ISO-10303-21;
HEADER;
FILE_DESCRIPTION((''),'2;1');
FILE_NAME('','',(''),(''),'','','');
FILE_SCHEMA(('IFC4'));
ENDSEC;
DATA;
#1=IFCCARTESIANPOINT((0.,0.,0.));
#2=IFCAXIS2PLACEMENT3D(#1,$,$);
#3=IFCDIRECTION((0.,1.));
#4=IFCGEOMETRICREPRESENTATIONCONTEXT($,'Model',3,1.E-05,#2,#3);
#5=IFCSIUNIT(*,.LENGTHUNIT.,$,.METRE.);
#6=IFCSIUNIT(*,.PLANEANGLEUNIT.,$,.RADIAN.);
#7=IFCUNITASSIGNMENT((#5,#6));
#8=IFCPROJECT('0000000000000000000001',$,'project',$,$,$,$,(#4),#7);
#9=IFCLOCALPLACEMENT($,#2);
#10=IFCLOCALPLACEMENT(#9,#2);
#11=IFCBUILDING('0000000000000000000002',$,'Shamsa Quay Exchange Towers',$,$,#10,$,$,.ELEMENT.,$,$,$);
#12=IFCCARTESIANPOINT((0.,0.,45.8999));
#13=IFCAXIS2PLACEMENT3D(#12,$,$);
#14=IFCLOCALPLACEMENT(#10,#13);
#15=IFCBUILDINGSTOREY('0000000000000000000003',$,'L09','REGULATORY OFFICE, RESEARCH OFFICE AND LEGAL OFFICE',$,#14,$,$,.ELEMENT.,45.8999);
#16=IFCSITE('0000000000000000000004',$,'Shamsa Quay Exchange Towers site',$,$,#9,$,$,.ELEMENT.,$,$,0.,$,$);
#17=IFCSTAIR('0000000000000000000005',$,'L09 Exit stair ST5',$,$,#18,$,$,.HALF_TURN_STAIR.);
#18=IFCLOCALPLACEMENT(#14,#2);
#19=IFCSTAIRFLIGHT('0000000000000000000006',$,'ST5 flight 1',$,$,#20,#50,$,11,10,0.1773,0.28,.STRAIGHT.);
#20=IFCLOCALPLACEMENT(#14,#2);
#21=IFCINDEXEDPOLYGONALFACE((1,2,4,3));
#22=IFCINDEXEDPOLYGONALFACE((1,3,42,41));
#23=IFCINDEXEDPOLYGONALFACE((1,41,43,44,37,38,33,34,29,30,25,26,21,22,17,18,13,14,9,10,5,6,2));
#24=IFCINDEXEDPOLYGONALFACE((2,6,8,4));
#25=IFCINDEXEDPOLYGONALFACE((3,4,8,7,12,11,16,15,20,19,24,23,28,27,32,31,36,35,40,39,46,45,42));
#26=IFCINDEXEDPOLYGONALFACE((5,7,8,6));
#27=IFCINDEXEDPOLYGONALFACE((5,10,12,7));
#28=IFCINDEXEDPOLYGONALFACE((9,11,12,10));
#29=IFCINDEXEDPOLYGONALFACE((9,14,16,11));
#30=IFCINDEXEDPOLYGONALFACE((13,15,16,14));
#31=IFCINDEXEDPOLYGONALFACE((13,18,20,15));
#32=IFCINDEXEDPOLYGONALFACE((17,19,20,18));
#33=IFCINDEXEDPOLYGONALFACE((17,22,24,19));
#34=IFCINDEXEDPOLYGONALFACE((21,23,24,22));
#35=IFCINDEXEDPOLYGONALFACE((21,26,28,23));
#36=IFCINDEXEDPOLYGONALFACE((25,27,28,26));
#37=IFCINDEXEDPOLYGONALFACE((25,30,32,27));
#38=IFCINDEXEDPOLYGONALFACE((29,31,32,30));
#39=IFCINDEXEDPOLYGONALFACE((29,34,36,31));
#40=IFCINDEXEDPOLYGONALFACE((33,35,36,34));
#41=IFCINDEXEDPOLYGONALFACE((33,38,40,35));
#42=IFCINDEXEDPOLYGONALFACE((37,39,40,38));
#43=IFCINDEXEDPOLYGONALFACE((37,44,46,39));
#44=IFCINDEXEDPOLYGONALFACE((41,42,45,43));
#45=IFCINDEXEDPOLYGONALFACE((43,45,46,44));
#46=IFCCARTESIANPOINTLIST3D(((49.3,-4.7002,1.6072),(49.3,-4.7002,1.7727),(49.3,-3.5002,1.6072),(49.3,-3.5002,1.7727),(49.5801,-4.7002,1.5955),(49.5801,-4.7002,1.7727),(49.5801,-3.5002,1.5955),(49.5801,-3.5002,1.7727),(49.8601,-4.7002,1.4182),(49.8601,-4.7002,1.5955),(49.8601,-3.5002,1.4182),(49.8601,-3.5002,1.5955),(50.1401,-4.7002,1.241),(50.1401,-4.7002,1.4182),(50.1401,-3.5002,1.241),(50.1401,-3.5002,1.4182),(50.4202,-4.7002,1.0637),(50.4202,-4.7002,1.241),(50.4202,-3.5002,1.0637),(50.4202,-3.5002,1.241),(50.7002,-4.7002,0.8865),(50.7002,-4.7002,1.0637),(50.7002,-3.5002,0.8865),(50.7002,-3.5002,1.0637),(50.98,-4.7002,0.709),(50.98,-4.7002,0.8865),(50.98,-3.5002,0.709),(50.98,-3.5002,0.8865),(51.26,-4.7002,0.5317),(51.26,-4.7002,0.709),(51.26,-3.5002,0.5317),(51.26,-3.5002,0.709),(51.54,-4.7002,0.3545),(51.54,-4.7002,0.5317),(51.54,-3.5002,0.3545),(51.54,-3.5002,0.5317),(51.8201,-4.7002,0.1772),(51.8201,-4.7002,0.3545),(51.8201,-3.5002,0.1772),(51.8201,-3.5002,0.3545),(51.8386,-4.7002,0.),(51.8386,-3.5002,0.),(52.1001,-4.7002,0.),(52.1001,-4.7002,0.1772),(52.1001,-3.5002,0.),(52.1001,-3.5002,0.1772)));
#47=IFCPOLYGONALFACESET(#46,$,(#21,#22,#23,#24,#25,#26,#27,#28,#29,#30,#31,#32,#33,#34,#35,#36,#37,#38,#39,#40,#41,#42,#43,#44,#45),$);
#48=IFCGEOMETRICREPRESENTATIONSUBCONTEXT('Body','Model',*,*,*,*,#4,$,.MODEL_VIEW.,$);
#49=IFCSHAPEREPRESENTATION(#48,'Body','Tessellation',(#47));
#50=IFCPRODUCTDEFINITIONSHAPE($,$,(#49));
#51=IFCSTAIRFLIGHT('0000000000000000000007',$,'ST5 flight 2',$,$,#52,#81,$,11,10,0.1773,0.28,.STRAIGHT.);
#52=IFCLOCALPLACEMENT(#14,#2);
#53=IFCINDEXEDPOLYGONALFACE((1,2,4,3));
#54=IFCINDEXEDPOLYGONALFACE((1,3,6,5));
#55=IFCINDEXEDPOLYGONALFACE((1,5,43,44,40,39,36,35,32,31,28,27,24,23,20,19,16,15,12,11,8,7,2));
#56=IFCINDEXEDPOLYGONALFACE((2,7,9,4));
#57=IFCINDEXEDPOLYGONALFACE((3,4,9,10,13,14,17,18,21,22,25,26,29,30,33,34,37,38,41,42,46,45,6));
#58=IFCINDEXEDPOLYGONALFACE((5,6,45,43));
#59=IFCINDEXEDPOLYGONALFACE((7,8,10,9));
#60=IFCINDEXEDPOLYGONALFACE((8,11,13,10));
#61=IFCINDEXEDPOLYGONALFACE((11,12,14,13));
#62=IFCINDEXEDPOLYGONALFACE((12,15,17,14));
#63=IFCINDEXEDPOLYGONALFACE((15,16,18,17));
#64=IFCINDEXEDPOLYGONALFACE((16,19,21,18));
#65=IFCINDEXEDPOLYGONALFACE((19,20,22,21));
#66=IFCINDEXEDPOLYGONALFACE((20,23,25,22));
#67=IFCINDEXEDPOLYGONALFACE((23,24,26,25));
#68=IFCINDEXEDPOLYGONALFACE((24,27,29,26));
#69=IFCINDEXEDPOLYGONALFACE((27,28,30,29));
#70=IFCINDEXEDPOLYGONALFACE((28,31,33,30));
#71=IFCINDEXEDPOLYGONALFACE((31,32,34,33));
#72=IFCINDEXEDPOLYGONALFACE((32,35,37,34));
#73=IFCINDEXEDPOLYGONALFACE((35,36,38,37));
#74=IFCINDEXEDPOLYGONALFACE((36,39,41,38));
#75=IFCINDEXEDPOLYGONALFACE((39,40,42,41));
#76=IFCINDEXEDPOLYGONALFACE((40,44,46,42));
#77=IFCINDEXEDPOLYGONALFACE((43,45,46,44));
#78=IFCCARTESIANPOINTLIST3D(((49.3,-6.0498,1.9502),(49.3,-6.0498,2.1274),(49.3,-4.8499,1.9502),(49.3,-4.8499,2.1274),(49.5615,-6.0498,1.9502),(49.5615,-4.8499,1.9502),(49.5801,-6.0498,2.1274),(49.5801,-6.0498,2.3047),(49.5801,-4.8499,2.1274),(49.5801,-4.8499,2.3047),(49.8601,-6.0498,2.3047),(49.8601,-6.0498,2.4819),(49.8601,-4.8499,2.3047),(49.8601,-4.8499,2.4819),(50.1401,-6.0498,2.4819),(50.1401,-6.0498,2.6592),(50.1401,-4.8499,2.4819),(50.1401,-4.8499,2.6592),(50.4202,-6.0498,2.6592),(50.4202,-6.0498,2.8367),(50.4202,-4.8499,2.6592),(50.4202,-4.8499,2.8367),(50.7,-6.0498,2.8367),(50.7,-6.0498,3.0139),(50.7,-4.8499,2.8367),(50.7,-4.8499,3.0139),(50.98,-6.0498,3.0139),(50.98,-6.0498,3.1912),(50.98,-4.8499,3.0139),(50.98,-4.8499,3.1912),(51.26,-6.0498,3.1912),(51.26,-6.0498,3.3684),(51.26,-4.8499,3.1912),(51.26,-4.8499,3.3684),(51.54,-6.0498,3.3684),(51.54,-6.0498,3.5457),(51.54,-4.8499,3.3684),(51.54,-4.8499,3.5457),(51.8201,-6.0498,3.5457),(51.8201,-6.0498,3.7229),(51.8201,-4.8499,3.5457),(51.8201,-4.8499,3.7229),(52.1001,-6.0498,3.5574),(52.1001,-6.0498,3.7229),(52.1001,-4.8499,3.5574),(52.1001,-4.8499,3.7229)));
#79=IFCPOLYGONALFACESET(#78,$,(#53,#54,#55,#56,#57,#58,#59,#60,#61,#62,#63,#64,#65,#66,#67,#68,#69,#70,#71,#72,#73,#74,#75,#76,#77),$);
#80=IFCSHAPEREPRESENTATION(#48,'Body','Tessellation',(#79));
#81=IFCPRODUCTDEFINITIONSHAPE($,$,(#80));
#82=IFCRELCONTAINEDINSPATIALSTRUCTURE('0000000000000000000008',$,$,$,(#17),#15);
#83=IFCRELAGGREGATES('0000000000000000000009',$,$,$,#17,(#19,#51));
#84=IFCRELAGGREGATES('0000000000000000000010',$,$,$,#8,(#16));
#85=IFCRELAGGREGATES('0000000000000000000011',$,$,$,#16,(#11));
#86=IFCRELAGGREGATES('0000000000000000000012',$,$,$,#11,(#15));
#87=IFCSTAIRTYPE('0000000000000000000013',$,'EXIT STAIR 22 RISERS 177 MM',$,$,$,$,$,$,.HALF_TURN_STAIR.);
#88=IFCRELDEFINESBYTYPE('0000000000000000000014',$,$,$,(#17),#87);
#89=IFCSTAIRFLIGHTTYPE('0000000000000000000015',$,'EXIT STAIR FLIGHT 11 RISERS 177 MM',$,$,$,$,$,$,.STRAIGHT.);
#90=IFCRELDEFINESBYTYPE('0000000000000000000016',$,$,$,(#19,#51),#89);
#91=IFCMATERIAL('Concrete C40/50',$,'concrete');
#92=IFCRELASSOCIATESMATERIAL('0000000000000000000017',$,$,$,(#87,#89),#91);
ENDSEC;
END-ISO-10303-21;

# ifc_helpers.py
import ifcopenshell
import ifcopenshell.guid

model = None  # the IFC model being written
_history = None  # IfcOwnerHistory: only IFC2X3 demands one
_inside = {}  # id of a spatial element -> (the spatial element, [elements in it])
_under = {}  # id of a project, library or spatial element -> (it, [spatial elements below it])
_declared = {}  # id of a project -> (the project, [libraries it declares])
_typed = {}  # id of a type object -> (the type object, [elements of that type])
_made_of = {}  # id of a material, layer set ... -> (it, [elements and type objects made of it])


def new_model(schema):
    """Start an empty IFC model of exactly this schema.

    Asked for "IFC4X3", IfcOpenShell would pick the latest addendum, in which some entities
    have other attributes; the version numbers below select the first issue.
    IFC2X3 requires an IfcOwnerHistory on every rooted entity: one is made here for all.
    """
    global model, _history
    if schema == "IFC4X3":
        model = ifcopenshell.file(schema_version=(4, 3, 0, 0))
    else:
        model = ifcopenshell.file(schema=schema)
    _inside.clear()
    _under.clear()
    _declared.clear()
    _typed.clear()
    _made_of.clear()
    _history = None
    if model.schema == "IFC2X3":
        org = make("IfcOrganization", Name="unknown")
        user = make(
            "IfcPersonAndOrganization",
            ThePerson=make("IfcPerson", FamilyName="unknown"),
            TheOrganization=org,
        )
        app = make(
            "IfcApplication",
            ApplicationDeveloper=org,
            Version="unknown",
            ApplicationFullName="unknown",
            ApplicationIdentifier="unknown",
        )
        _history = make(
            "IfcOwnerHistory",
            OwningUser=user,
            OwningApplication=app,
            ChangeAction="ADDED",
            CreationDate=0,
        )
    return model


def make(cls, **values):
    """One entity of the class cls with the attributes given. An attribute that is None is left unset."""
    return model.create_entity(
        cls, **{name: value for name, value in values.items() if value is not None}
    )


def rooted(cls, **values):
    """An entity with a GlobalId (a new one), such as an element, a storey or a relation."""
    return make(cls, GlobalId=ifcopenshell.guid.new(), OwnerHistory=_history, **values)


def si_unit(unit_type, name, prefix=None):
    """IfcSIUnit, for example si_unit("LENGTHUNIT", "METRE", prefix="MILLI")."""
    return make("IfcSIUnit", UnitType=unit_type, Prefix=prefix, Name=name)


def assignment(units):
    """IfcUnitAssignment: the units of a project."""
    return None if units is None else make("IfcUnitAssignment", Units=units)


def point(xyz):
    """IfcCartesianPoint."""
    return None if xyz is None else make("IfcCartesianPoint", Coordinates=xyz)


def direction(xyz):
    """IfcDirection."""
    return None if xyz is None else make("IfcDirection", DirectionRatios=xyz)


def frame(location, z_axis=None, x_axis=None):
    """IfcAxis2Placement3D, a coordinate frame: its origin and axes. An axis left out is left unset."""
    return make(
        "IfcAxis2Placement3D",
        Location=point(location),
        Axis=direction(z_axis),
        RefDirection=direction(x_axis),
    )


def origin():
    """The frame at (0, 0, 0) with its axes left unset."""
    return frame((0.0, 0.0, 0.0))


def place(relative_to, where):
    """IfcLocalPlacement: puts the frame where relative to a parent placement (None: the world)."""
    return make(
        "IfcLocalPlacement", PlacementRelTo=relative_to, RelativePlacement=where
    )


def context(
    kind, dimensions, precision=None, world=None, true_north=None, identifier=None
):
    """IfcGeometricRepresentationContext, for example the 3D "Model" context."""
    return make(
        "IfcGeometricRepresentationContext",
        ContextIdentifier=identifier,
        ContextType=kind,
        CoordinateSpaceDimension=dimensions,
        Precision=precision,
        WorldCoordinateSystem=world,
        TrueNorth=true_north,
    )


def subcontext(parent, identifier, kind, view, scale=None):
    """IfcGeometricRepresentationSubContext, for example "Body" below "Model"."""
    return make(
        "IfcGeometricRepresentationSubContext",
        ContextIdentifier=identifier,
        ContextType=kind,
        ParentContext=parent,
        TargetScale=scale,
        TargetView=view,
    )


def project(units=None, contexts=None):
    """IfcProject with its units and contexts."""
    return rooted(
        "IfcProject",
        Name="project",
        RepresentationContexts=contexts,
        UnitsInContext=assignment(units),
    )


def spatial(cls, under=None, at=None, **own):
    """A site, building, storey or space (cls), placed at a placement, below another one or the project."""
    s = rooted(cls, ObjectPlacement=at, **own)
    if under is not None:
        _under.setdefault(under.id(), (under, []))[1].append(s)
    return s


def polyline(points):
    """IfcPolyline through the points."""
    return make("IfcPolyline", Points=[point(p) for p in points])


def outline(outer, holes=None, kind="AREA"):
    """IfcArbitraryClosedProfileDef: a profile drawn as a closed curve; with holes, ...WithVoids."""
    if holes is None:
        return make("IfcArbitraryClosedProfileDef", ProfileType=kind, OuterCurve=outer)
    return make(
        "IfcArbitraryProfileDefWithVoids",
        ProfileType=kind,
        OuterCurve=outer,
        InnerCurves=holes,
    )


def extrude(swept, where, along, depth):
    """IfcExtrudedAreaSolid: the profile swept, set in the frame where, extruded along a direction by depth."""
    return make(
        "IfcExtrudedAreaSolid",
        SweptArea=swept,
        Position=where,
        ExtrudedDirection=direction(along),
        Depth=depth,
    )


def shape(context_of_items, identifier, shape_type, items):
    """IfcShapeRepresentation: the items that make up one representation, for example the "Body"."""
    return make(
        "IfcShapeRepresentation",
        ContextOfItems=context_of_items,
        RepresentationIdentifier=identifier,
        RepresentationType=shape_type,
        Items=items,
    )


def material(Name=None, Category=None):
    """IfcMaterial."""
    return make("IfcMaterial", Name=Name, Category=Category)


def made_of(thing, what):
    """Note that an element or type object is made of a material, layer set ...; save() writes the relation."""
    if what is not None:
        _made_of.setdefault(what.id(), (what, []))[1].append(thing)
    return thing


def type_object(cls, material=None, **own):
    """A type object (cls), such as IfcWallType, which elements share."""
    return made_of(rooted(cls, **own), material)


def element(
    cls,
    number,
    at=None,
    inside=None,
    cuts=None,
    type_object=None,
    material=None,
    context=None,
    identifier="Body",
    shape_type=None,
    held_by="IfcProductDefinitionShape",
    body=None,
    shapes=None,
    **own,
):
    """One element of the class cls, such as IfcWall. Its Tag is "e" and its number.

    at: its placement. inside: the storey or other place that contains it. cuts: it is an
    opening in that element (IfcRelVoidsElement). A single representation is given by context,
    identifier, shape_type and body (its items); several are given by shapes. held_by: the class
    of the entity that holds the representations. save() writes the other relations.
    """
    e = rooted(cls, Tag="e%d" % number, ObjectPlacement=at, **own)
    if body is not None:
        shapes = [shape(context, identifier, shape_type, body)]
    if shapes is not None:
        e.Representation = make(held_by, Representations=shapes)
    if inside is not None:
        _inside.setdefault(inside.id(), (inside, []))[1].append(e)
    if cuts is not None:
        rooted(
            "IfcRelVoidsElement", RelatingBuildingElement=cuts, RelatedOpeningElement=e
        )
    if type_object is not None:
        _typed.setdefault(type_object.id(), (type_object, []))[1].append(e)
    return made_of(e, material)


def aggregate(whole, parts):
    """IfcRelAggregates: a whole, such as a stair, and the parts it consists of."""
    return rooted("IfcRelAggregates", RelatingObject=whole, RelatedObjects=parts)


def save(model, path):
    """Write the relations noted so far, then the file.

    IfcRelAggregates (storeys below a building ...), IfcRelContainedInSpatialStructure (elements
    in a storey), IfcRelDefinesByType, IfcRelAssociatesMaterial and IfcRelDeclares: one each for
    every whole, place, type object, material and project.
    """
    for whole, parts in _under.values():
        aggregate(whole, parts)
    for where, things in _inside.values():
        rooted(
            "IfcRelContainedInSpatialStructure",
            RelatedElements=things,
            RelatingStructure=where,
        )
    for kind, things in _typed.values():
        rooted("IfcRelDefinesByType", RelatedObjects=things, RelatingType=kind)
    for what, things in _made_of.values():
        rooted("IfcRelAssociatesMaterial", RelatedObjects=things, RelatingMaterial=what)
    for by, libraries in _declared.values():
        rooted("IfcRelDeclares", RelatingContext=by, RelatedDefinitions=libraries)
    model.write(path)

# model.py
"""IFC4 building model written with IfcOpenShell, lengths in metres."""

from ifc_helpers import new_model, si_unit, direction, frame, origin, place, context, subcontext, project, spatial, polyline, outline, extrude, material, type_object, element, aggregate, save


model = new_model("IFC4")

# Units and contexts
model_context = context("Model", 3, precision=1e-05, world=origin(), true_north=direction((0.0, 1.0)))
body_context = subcontext(model_context, "Body", "Model", "MODEL_VIEW")
ifc_project = project(units=[si_unit("LENGTHUNIT", "METRE"), si_unit("PLANEANGLEUNIT", "RADIAN")], contexts=[model_context])

# Site, building, storey
site_placement = place(None, origin())
site = spatial("IfcSite", under=ifc_project, at=site_placement, Name="Shamsa Quay Exchange Towers site", CompositionType="ELEMENT", RefElevation=0.0)
building_placement = place(site_placement, origin())
building = spatial("IfcBuilding", under=site, at=building_placement, Name="Shamsa Quay Exchange Towers", CompositionType="ELEMENT")
storey_placement = place(building_placement, frame((0.0, 0.0, 45.8999)))
storey = spatial("IfcBuildingStorey", under=building, at=storey_placement, Name="L09", Description="REGULATORY OFFICE, RESEARCH OFFICE AND LEGAL OFFICE", CompositionType="ELEMENT", Elevation=45.8999)

# Stair, stair flights
ifc_material_1 = material(Name="Concrete C40/50", Category="concrete")
stair_type = type_object("IfcStairType", Name="EXIT STAIR 22 RISERS 177 MM", PredefinedType="HALF_TURN_STAIR", material=ifc_material_1)
stair_placement = place(storey_placement, origin())
stair = element("IfcStair", 1, at=stair_placement, inside=storey, type_object=stair_type, Name="L09 Exit stair ST5", PredefinedType="HALF_TURN_STAIR")
stair_flight_type = type_object("IfcStairFlightType", Name="EXIT STAIR FLIGHT 11 RISERS 177 MM", PredefinedType="STRAIGHT", material=ifc_material_1)
stair_flight_1_placement = place(storey_placement, frame((52.1001, -4.1001, 0.0), z_axis=(0.0, 0.0, 1.0), x_axis=(-1.0, 0.0, 0.0)))
stair_flight_1 = element("IfcStairFlight", 2, at=stair_flight_1_placement, type_object=stair_flight_type, Name="ST5 flight 1", NumberOfRisers=11, NumberOfTreads=10, PredefinedType="STRAIGHT", RiserHeight=0.1773, TreadLength=0.28, context=body_context, shape_type="SweptSolid", body=[
    extrude(outline(polyline([(0.0, 0.0), (0.0, 0.1772), (0.28, 0.1772), (0.28, 0.3545), (0.5601, 0.3545), (0.5601, 0.5317), (0.8401, 0.5317), (0.8401, 0.709), (1.1201, 0.709), (1.1201, 0.8865), (1.3999, 0.8865), (1.3999, 1.0637), (1.6799, 1.0637), (1.6799, 1.241), (1.96, 1.241), (1.96, 1.4182), (2.24, 1.4182), (2.24, 1.5955), (2.52, 1.5955), (2.52, 1.7727), (2.8, 1.7727), (2.8, 1.95), (2.8, 1.6072), (0.2615, 0.0), (0.0, 0.0)])), frame((0.0, 0.6001, 0.0), z_axis=(0.0, -1.0, 0.0), x_axis=(1.0, 0.0, 0.0)), (0.0, 0.0, 1.0), 1.2),
])
stair_flight_2_placement = place(storey_placement, frame((49.3, -5.45, 1.9502)))
stair_flight_2 = element("IfcStairFlight", 3, at=stair_flight_2_placement, type_object=stair_flight_type, Name="ST5 flight 2", NumberOfRisers=11, NumberOfTreads=10, PredefinedType="STRAIGHT", RiserHeight=0.1773, TreadLength=0.28, context=body_context, shape_type="SweptSolid", body=[
    extrude(outline(polyline([(0.0, 0.0), (0.0, 0.1772), (0.28, 0.1772), (0.28, 0.3545), (0.5601, 0.3545), (0.5601, 0.5317), (0.8401, 0.5317), (0.8401, 0.709), (1.1201, 0.709), (1.1201, 0.8865), (1.3999, 0.8865), (1.3999, 1.0637), (1.6799, 1.0637), (1.6799, 1.241), (1.96, 1.241), (1.96, 1.4182), (2.24, 1.4182), (2.24, 1.5955), (2.52, 1.5955), (2.52, 1.7727), (2.8, 1.7727), (2.8, 1.95), (2.8, 1.6072), (0.2615, 0.0), (0.0, 0.0)])), frame((0.0, 0.6001, 0.0), z_axis=(0.0, -1.0, 0.0), x_axis=(1.0, 0.0, 0.0)), (0.0, 0.0, 1.0), 1.2),
])
aggregate(stair, [stair_flight_1, stair_flight_2])

save(model, "model.ifc")
